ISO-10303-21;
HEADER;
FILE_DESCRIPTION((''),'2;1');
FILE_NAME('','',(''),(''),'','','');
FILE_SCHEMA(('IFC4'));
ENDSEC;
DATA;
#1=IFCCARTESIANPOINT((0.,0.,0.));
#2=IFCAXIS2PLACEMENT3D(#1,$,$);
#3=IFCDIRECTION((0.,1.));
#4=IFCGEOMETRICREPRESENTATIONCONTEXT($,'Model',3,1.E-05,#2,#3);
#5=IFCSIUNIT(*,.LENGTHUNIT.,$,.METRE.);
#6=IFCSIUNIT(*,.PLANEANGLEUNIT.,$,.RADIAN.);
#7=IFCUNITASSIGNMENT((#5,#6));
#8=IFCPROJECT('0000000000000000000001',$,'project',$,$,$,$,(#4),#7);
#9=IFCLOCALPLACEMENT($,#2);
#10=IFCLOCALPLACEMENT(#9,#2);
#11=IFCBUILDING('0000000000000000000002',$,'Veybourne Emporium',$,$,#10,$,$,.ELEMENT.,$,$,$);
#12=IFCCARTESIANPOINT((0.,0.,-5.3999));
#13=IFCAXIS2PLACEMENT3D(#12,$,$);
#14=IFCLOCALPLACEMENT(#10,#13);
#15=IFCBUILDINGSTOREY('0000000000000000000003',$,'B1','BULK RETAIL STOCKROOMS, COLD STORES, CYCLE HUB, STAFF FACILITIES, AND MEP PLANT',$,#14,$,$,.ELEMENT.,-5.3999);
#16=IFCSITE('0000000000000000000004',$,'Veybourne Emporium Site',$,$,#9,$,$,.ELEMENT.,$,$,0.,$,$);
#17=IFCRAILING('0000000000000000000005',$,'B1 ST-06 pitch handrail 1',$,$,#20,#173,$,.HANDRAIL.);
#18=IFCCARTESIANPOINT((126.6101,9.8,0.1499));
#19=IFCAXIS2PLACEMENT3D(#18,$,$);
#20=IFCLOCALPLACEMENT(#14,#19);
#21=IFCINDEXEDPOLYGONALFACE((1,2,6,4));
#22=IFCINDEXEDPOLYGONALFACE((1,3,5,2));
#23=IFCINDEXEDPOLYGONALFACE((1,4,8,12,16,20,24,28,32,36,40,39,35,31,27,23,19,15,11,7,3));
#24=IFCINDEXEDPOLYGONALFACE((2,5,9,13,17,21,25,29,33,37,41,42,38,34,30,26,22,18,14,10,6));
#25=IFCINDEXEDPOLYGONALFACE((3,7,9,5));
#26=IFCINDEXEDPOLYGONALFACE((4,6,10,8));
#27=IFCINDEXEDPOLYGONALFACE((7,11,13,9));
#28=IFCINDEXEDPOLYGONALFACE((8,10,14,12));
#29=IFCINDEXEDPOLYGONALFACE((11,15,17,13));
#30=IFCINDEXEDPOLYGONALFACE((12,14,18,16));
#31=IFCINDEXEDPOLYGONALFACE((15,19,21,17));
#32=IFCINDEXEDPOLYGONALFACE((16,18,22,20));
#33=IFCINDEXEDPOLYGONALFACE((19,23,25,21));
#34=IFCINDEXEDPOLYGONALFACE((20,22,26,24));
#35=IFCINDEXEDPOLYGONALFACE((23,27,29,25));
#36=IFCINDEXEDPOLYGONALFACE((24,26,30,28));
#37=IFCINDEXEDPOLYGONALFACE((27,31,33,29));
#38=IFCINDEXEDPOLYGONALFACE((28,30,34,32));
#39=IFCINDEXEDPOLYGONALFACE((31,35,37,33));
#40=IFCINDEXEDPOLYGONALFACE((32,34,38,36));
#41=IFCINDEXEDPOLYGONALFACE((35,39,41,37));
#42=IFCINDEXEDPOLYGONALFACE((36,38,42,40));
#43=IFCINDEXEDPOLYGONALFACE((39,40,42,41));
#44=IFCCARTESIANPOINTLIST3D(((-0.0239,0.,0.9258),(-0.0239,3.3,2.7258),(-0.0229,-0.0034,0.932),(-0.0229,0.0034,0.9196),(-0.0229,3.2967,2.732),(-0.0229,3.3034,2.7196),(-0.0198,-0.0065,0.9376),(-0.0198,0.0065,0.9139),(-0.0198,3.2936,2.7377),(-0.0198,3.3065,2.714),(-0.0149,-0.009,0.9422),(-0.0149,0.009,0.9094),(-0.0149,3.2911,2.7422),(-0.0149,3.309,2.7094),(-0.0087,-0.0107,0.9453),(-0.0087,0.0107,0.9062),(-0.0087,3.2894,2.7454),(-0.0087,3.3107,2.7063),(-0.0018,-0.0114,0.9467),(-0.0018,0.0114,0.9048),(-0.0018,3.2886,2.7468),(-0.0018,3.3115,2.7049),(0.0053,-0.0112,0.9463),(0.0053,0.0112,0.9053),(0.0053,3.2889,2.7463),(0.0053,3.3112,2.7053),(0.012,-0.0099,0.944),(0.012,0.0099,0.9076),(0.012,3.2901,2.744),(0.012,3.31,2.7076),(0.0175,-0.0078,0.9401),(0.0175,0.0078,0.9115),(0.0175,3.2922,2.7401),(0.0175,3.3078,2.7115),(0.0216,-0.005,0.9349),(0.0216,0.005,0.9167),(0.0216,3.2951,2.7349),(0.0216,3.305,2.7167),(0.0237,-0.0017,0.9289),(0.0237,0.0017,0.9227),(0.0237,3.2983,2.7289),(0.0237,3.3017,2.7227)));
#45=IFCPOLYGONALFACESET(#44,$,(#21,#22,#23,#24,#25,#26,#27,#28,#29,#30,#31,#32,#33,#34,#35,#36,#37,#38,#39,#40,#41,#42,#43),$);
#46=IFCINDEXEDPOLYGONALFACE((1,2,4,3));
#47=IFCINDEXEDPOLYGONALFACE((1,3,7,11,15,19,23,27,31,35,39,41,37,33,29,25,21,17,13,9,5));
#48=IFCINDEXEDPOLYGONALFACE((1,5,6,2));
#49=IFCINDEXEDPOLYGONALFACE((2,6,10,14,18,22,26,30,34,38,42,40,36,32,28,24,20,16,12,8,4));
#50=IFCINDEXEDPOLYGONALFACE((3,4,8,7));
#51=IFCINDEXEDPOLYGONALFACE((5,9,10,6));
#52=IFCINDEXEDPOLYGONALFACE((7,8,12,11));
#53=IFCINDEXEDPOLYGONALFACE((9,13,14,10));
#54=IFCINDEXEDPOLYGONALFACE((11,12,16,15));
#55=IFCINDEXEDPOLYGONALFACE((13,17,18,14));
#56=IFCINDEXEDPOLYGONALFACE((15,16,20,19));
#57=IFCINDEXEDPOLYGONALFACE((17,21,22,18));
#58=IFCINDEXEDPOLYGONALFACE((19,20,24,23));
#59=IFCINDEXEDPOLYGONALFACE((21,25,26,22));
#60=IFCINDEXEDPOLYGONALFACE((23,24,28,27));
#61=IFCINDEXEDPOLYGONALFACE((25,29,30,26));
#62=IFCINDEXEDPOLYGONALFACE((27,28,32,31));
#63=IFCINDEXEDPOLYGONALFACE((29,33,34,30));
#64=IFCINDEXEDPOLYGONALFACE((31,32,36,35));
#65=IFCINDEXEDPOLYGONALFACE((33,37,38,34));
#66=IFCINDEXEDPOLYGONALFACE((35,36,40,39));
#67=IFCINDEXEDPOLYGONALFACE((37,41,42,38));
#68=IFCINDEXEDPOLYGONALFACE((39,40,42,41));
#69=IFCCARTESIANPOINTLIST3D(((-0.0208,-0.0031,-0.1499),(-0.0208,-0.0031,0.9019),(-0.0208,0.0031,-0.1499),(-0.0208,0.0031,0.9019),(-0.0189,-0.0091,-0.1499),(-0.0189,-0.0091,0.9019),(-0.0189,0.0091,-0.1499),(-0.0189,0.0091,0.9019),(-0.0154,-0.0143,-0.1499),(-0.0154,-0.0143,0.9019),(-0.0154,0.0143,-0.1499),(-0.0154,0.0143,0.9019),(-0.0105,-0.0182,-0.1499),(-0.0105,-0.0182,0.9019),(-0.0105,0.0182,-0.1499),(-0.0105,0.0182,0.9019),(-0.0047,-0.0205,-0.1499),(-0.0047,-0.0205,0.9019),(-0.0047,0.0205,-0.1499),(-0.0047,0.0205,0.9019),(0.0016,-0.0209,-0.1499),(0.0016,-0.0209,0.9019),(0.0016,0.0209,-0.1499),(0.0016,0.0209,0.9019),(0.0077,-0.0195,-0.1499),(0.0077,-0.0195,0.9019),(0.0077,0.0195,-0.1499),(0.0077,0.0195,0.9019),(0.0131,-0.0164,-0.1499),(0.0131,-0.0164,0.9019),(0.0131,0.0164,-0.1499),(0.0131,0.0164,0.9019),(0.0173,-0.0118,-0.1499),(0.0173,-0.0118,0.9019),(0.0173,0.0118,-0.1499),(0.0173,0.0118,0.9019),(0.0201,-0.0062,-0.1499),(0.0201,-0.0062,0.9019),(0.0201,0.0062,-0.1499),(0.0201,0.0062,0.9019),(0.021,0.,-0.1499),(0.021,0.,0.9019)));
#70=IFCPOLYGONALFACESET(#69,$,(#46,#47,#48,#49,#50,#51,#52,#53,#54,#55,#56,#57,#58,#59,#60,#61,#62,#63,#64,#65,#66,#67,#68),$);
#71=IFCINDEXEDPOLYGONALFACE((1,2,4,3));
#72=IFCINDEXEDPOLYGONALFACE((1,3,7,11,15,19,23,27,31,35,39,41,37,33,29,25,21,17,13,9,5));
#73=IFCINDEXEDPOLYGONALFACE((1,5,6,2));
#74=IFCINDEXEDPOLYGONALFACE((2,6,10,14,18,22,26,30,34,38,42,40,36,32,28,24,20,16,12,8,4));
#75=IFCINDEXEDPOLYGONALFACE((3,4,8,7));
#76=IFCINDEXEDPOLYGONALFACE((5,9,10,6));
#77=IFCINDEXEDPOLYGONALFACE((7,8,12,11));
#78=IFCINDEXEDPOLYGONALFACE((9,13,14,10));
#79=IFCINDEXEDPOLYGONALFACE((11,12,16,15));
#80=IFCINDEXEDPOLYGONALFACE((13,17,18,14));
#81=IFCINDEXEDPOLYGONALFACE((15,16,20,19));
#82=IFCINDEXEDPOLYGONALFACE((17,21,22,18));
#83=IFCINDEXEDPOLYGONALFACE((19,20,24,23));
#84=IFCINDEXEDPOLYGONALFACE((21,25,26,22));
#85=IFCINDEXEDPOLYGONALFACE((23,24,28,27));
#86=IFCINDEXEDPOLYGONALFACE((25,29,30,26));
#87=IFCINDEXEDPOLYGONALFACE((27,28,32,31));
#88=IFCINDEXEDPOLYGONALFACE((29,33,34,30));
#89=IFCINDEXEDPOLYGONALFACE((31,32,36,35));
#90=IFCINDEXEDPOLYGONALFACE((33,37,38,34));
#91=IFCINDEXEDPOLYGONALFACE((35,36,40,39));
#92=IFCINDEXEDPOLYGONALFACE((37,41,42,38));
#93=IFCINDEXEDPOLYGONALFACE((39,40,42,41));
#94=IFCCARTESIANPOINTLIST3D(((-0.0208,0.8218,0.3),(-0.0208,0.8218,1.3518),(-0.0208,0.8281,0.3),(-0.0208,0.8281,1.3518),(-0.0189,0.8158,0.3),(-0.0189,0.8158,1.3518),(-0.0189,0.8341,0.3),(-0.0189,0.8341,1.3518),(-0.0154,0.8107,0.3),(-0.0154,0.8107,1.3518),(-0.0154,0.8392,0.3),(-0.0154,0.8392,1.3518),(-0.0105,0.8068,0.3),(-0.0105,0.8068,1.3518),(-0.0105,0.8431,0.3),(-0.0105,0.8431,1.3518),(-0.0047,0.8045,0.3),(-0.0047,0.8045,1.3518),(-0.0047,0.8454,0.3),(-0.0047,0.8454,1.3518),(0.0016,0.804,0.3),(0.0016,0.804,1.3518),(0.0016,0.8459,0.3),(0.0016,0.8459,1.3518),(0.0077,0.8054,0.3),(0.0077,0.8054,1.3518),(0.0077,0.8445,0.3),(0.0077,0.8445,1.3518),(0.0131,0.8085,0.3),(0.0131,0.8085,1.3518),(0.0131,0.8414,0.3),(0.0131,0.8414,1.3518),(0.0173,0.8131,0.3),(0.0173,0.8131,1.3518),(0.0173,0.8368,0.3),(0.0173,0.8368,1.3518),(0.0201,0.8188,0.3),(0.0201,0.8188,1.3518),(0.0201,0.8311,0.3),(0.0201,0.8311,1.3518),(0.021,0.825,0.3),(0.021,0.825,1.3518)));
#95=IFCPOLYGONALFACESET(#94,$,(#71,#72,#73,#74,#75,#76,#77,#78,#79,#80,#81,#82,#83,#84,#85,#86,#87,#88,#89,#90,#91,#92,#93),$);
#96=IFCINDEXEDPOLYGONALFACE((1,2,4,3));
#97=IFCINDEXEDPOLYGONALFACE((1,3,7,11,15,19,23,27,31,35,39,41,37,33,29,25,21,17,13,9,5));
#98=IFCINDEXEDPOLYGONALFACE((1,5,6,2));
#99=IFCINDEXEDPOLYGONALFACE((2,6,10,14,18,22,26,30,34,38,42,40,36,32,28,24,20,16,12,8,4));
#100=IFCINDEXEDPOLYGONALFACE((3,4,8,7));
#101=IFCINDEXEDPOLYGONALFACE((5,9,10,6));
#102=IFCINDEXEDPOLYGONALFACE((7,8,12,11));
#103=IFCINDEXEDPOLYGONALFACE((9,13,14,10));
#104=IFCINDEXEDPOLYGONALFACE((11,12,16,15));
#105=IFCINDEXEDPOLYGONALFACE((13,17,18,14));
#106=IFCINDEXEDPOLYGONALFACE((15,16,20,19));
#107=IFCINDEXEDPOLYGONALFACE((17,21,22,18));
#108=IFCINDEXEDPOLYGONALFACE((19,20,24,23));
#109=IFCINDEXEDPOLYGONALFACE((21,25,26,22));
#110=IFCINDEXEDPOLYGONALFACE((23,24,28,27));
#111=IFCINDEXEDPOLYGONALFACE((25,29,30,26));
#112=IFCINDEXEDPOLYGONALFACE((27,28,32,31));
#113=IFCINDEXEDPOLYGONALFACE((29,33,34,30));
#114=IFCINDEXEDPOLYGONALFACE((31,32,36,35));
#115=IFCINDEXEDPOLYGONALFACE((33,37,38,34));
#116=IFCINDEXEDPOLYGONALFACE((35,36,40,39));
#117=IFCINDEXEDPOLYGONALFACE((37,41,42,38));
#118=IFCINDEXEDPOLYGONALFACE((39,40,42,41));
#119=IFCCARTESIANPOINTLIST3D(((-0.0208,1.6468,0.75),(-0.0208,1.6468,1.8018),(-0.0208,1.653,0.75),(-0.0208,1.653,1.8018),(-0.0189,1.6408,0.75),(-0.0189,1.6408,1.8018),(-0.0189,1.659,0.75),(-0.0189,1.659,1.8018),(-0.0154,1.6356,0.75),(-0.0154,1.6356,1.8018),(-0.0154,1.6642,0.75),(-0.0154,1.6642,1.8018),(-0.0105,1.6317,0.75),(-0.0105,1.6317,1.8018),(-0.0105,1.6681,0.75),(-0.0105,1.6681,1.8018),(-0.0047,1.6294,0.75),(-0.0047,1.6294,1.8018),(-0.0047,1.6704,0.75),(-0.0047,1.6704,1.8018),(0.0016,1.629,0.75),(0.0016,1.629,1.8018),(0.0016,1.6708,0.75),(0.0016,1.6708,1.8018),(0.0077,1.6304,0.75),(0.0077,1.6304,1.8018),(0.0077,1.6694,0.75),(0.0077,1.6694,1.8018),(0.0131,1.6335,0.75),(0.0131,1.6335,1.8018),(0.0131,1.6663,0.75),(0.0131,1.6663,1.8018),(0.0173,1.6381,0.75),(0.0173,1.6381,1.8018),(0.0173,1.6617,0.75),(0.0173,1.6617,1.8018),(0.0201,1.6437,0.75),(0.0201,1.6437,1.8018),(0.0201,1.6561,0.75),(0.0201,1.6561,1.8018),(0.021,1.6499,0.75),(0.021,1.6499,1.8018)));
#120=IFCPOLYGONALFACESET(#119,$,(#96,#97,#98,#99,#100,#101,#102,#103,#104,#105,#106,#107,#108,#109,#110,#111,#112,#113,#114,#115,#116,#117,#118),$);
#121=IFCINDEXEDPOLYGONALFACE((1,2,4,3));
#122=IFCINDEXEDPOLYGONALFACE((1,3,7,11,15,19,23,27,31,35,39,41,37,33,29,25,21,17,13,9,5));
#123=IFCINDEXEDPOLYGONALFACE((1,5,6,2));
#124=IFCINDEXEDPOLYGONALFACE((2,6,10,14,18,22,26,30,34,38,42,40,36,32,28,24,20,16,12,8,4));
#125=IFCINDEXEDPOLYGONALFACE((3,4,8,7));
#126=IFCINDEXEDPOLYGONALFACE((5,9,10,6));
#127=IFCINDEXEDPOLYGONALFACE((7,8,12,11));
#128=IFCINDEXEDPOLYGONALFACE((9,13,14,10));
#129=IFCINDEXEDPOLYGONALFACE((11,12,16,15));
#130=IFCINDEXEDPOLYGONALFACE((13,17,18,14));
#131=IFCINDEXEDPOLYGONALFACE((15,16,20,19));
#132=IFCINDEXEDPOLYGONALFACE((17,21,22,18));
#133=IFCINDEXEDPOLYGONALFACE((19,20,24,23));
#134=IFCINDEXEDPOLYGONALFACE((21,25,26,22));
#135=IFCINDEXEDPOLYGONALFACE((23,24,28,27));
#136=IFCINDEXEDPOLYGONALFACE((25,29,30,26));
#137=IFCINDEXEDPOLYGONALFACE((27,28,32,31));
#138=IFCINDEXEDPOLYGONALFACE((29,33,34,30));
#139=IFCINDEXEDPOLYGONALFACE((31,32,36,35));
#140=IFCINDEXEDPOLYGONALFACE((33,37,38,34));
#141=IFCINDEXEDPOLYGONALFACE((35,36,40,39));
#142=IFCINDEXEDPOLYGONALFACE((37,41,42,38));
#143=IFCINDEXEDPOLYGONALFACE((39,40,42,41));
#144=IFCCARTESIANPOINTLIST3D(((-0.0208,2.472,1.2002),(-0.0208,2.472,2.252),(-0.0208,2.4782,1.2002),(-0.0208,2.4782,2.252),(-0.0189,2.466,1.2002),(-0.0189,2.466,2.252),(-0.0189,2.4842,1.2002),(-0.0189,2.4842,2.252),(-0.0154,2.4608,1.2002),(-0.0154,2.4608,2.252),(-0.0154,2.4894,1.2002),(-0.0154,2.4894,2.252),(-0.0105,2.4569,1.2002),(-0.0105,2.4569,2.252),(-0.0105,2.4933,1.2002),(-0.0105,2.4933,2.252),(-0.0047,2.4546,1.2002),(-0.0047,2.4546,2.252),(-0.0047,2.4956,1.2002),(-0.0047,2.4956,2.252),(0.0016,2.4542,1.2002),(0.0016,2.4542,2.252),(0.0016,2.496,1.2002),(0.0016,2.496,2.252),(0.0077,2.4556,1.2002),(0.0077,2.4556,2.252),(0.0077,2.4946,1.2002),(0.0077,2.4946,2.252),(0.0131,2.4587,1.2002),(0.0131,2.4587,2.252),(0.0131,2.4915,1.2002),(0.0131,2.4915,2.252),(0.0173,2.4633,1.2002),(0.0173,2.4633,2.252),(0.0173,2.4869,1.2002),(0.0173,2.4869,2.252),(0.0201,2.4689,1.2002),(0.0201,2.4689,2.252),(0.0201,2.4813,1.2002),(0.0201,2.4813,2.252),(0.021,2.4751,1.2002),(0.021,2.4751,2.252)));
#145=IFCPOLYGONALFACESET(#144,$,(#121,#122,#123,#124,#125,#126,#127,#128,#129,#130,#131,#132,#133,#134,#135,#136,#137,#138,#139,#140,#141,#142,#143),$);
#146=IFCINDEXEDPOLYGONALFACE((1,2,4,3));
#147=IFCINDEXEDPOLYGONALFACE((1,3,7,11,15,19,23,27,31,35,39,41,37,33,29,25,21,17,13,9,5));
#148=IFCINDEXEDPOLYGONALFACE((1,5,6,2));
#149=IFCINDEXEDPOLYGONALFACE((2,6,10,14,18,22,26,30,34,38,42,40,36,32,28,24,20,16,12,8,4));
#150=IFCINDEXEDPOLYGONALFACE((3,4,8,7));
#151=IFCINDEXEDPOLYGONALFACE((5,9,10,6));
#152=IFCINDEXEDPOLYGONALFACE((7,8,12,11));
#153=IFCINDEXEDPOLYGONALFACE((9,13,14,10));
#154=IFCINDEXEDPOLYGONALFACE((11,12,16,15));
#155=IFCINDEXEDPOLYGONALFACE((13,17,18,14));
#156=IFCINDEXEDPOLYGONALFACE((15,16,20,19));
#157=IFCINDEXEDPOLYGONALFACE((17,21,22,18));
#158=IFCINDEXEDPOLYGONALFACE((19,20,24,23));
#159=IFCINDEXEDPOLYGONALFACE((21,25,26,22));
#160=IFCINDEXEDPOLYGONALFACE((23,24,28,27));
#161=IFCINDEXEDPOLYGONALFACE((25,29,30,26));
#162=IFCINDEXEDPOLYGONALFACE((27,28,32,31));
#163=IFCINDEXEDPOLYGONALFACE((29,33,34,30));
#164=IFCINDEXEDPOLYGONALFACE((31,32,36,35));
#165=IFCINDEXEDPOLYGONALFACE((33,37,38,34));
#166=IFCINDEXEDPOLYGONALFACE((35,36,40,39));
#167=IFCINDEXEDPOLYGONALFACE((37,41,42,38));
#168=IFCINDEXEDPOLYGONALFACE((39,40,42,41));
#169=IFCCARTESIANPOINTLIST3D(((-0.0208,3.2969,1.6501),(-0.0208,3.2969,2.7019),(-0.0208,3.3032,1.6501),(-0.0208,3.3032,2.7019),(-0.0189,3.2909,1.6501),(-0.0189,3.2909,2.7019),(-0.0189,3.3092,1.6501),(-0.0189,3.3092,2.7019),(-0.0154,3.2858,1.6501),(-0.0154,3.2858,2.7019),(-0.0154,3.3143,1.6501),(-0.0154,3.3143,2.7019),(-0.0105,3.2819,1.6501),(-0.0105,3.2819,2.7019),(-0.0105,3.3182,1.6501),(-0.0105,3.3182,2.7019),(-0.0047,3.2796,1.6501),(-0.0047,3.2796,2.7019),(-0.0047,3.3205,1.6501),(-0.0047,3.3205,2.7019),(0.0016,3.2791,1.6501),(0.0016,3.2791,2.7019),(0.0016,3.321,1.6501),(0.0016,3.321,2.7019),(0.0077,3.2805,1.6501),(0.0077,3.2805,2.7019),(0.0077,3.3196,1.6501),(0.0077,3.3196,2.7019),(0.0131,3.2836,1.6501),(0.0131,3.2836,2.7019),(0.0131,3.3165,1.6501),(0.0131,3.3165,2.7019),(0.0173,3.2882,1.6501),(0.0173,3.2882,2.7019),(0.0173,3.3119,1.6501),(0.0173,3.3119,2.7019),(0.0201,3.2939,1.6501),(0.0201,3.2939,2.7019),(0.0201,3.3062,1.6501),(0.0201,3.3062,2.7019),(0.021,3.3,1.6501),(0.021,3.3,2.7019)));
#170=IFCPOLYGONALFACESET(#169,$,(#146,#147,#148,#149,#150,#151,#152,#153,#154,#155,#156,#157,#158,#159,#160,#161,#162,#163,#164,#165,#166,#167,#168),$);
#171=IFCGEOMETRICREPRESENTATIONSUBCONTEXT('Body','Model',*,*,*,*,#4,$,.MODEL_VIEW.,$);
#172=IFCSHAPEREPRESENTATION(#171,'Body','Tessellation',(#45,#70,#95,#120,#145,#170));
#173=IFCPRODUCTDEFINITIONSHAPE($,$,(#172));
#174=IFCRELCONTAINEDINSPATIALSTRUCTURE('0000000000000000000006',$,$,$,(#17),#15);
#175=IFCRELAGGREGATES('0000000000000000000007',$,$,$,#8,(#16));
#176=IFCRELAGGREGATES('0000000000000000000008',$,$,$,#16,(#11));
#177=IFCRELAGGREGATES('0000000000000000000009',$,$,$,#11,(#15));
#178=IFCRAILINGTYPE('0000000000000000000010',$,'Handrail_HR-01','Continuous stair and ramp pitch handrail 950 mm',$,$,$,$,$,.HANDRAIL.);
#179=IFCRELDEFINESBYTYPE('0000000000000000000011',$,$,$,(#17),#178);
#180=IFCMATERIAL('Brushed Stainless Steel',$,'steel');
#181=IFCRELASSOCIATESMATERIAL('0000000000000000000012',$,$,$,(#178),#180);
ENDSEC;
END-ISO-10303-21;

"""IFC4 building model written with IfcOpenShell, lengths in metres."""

from ifc_helpers import new_model, si_unit, direction, frame, origin, origin_2d, place, context, subcontext, project, spatial, circle, extrude, material, type_object, element, save


model = new_model("IFC4")

# Units and contexts
model_context = context("Model", 3, precision=1e-05, world=origin(), true_north=direction((0.0, 1.0)))
body_context = subcontext(model_context, "Body", "Model", "MODEL_VIEW")
ifc_project = project(units=[si_unit("LENGTHUNIT", "METRE"), si_unit("PLANEANGLEUNIT", "RADIAN")], contexts=[model_context])

# Site, building, storey
site_placement = place(None, origin())
site = spatial("IfcSite", under=ifc_project, at=site_placement, Name="Veybourne Emporium Site", CompositionType="ELEMENT", RefElevation=0.0)
building_placement = place(site_placement, origin())
building = spatial("IfcBuilding", under=site, at=building_placement, Name="Veybourne Emporium", CompositionType="ELEMENT")
storey_placement = place(building_placement, frame((0.0, 0.0, -5.3999)))
storey = spatial("IfcBuildingStorey", under=building, at=storey_placement, Name="B1", Description="BULK RETAIL STOCKROOMS, COLD STORES, CYCLE HUB, STAFF FACILITIES, AND MEP PLANT", CompositionType="ELEMENT", Elevation=-5.3999)

# Railing
ifc_material_1 = material(Name="Brushed Stainless Steel", Category="steel")
railing_type = type_object("IfcRailingType", Name="Handrail_HR-01", Description="Continuous stair and ramp pitch handrail 950 mm", PredefinedType="HANDRAIL", material=ifc_material_1)
railing_placement = place(storey_placement, frame((126.6101, 9.8, 0.1499)))
element("IfcRailing", 1, at=railing_placement, inside=storey, type_object=railing_type, Name="B1 ST-06 pitch handrail 1", PredefinedType="HANDRAIL", context=body_context, shape_type="SweptSolid", body=[
    extrude(circle(Radius=0.0239, at=origin_2d()), frame((0.0, 0.0, 0.9258), z_axis=(0.0, 0.877893, 0.478857), x_axis=(-1.0, 0.0, 0.0)), (0.0, 0.0, 1.0), 3.759),
    extrude(circle(Radius=0.021, at=origin_2d()), frame((0.0, 0.0, -0.1499)), (0.0, 0.0, 1.0), 1.0518),
    extrude(circle(Radius=0.021, at=origin_2d()), frame((0.0, 0.825, 0.3)), (0.0, 0.0, 1.0), 1.0518),
    extrude(circle(Radius=0.021, at=origin_2d()), frame((0.0, 1.6499, 0.75)), (0.0, 0.0, 1.0), 1.0518),
    extrude(circle(Radius=0.021, at=origin_2d()), frame((0.0, 2.4751, 1.2002)), (0.0, 0.0, 1.0), 1.0518),
    extrude(circle(Radius=0.021, at=origin_2d()), frame((0.0, 3.3, 1.6501)), (0.0, 0.0, 1.0), 1.0518),
])

save(model, "model.ifc")
